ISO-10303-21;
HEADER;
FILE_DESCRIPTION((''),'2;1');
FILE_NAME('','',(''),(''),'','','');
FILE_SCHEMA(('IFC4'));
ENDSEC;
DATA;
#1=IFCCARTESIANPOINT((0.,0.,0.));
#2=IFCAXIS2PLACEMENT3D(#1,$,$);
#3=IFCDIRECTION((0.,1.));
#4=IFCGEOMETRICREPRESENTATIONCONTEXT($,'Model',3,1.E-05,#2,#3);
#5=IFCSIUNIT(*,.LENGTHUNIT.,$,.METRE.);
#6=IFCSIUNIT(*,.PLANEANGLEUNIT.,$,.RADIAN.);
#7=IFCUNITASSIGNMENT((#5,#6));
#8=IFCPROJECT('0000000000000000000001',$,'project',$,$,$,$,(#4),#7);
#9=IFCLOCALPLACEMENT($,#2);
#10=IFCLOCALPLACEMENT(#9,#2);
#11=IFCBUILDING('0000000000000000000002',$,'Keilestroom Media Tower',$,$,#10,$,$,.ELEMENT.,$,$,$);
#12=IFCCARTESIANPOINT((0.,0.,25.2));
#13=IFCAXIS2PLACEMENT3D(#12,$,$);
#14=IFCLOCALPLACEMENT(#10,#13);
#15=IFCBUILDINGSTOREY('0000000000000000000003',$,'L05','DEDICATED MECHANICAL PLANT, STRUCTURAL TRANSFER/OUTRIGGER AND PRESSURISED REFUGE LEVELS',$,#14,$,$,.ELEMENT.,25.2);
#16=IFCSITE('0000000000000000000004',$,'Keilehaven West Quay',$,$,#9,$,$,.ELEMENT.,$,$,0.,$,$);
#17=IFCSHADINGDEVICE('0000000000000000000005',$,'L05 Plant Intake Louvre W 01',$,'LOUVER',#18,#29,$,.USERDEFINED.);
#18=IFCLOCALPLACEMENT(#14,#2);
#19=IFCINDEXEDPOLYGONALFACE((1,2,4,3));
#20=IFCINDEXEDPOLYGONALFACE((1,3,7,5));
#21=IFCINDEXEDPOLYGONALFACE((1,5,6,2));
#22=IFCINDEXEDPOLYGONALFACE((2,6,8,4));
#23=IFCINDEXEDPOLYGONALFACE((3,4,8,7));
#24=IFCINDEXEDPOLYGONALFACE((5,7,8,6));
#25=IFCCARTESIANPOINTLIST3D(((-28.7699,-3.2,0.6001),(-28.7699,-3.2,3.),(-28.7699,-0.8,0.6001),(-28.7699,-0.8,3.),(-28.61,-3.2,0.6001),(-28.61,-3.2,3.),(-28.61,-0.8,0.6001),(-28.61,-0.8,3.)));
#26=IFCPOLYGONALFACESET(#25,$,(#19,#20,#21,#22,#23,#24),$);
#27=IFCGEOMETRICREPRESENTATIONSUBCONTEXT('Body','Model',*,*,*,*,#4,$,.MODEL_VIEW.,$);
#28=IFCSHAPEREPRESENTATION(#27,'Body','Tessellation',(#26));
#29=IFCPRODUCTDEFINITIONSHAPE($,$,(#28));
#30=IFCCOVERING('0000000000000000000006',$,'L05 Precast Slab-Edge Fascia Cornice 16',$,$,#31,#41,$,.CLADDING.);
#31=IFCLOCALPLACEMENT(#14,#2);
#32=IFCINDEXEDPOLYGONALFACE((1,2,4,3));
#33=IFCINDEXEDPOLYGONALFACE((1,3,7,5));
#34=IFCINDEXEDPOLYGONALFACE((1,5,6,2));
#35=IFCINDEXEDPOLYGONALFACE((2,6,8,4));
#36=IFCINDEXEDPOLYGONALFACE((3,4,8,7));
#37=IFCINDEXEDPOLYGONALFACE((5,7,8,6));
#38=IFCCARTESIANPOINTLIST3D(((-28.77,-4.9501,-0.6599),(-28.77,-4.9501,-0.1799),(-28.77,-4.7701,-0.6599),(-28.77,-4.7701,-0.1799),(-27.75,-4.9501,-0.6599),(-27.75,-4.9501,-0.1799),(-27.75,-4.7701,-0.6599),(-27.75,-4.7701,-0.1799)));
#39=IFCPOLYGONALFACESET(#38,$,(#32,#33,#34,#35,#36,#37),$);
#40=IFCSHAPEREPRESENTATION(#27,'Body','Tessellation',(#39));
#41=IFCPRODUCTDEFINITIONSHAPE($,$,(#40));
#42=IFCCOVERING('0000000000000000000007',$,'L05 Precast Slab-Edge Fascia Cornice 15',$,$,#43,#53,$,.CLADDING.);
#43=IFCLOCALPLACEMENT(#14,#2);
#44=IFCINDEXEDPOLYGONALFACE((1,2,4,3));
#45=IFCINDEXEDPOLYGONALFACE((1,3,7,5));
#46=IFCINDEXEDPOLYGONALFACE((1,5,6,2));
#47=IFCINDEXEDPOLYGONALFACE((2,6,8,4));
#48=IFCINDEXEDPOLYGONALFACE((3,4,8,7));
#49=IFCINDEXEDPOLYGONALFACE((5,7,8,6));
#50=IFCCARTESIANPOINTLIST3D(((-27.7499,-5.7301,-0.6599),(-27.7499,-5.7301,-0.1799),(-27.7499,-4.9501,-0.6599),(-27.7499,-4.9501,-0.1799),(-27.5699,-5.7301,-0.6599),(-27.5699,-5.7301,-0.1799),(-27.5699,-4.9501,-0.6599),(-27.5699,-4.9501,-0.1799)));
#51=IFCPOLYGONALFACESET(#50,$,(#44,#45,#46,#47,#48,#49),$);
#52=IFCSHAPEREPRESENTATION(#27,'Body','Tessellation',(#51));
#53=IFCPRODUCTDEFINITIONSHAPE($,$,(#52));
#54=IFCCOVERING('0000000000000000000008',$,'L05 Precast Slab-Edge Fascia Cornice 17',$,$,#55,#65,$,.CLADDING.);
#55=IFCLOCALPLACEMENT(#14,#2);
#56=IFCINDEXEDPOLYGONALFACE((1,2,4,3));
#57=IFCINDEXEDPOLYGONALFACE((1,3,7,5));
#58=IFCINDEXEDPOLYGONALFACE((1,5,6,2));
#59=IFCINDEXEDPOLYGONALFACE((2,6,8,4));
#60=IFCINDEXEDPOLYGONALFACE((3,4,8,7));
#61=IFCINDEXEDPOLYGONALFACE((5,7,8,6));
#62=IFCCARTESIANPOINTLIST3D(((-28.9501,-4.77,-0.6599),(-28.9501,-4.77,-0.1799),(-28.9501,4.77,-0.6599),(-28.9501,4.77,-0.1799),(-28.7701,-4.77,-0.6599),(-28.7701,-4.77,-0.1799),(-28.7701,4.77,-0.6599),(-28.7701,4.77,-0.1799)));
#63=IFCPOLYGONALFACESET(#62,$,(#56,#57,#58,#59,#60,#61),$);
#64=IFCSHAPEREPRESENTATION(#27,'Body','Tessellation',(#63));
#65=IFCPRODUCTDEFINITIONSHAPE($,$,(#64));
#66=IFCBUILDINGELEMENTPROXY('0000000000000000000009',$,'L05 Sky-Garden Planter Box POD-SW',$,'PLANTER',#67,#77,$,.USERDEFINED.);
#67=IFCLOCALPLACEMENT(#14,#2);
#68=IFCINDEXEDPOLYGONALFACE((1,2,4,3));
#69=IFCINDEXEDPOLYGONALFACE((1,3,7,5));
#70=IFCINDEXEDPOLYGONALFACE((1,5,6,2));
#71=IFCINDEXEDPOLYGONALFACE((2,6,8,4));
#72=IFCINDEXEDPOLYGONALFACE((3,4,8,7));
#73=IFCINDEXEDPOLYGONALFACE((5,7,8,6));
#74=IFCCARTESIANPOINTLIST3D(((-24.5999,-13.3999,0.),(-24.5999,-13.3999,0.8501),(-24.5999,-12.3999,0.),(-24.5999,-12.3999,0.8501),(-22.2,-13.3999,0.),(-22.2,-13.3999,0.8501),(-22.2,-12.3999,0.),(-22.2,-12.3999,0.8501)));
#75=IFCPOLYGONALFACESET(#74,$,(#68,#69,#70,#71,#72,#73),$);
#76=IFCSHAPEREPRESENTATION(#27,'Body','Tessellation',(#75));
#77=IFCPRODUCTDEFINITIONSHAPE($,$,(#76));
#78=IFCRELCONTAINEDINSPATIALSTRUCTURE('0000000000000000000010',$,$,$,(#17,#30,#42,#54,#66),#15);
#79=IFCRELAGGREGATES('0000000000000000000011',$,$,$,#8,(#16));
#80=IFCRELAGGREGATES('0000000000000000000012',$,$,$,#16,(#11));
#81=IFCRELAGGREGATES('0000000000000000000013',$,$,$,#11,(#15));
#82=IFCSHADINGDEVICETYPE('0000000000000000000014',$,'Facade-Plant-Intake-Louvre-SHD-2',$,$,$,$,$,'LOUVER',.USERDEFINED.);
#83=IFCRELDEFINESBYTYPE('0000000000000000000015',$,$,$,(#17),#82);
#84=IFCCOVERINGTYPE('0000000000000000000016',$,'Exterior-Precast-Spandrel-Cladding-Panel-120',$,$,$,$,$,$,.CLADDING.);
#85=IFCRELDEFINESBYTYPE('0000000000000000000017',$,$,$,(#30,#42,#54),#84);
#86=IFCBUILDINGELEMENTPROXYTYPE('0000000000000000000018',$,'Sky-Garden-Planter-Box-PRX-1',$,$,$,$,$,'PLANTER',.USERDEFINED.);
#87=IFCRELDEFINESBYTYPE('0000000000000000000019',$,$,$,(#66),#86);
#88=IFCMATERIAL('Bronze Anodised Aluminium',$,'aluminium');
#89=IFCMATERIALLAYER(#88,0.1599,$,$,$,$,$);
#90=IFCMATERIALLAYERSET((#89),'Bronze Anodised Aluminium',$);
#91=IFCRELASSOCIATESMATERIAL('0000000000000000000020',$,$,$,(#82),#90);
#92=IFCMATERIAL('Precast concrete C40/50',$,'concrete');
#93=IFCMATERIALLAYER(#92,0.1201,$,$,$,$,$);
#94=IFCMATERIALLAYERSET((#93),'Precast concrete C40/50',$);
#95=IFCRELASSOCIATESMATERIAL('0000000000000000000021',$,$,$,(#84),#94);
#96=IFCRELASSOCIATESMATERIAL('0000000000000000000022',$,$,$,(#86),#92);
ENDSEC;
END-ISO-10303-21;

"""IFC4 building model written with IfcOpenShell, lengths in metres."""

from ifc_helpers import new_model, si_unit, direction, frame, origin, origin_2d, place, context, subcontext, project, spatial, rectangle, extrude, source, transform, mapped, material, layer, layer_set, type_object, element, save


model = new_model("IFC4")

# Units and contexts
model_context = context("Model", 3, precision=1e-05, world=origin(), true_north=direction((0.0, 1.0)))
body_context = subcontext(model_context, "Body", "Model", "MODEL_VIEW")
ifc_project = project(units=[si_unit("LENGTHUNIT", "METRE"), si_unit("PLANEANGLEUNIT", "RADIAN")], contexts=[model_context])

# Site, building, storey
site_placement = place(None, origin())
site = spatial("IfcSite", under=ifc_project, at=site_placement, Name="Keilehaven West Quay", CompositionType="ELEMENT", RefElevation=0.0)
building_placement = place(site_placement, origin())
building = spatial("IfcBuilding", under=site, at=building_placement, Name="Keilestroom Media Tower", CompositionType="ELEMENT")
storey_placement = place(building_placement, frame((0.0, 0.0, 25.2)))
storey = spatial("IfcBuildingStorey", under=building, at=storey_placement, Name="L05", Description="DEDICATED MECHANICAL PLANT, STRUCTURAL TRANSFER/OUTRIGGER AND PRESSURISED REFUGE LEVELS", CompositionType="ELEMENT", Elevation=25.2)

# Shared definitions
ifc_material_1 = material(Name="Precast concrete C40/50", Category="concrete")

# Shading device
ifc_material_2 = material(Name="Bronze Anodised Aluminium", Category="aluminium")
ifc_layer_1 = layer(ifc_material_2, 0.1599)
ifc_layer_set_1 = layer_set([ifc_layer_1], Name="Bronze Anodised Aluminium")
shading_device_type = type_object("IfcShadingDeviceType", Name="Facade-Plant-Intake-Louvre-SHD-2", ElementType="LOUVER", PredefinedType="USERDEFINED", material=ifc_layer_set_1)
shared_shape_1 = source(origin(), body_context, "Body", "SweptSolid", [
    extrude(rectangle(XDim=0.1599, YDim=2.3999, at=origin_2d()), origin(), (0.0, 0.0, 1.0), 2.3999),
])
shading_device_placement = place(storey_placement, frame((-28.6899, -2.0, 0.6001), z_axis=(0.0, 0.0, 1.0), x_axis=(1.0, 0.0, 0.0)))
element("IfcShadingDevice", 1, at=shading_device_placement, inside=storey, type_object=shading_device_type, Name="L05 Plant Intake Louvre W 01", ObjectType="LOUVER", PredefinedType="USERDEFINED", context=body_context, shape_type="MappedRepresentation", body=[
    mapped(shared_shape_1, transform((0.0, 0.0, 0.0), x_axis=(1.0, 0.0, 0.0), y_axis=(0.0, 1.0, 0.0), z_axis=(0.0, 0.0, 1.0), scale=1.0)),
])

# Coverings
ifc_layer_2 = layer(ifc_material_1, 0.1201)
ifc_layer_set_2 = layer_set([ifc_layer_2], Name="Precast concrete C40/50")
covering_type = type_object("IfcCoveringType", Name="Exterior-Precast-Spandrel-Cladding-Panel-120", PredefinedType="CLADDING", material=ifc_layer_set_2)
shared_shape_2 = source(origin(), body_context, "Body", "SweptSolid", [
    extrude(rectangle(XDim=1.02, YDim=0.1799, at=origin_2d()), origin(), (0.0, 0.0, 1.0), 0.48),
])
covering_1_placement = place(storey_placement, frame((-28.26, -4.8601, -0.6599), z_axis=(0.0, 0.0, 1.0), x_axis=(-1.0, 0.0, 0.0)))
element("IfcCovering", 2, at=covering_1_placement, inside=storey, type_object=covering_type, Name="L05 Precast Slab-Edge Fascia Cornice 16", PredefinedType="CLADDING", context=body_context, shape_type="MappedRepresentation", body=[
    mapped(shared_shape_2, transform((0.0, 0.0, 0.0), x_axis=(1.0, 0.0, 0.0), y_axis=(0.0, 1.0, 0.0), z_axis=(0.0, 0.0, 1.0), scale=1.0)),
])
shared_shape_3 = source(origin(), body_context, "Body", "SweptSolid", [
    extrude(rectangle(XDim=0.78, YDim=0.1799, at=origin_2d()), origin(), (0.0, 0.0, 1.0), 0.48),
])
covering_2_placement = place(storey_placement, frame((-27.6599, -5.3401, -0.6599), z_axis=(0.0, 0.0, 1.0), x_axis=(0.0, 1.0, 0.0)))
element("IfcCovering", 3, at=covering_2_placement, inside=storey, type_object=covering_type, Name="L05 Precast Slab-Edge Fascia Cornice 15", PredefinedType="CLADDING", context=body_context, shape_type="MappedRepresentation", body=[
    mapped(shared_shape_3, transform((0.0, 0.0, 0.0), x_axis=(1.0, 0.0, 0.0), y_axis=(0.0, 1.0, 0.0), z_axis=(0.0, 0.0, 1.0), scale=1.0)),
])
shared_shape_4 = source(origin(), body_context, "Body", "SweptSolid", [
    extrude(rectangle(XDim=9.54, YDim=0.1799, at=origin_2d()), origin(), (0.0, 0.0, 1.0), 0.48),
])
covering_3_placement = place(storey_placement, frame((-28.8601, 0.0, -0.6599), z_axis=(0.0, 0.0, 1.0), x_axis=(0.0, 1.0, 0.0)))
element("IfcCovering", 4, at=covering_3_placement, inside=storey, type_object=covering_type, Name="L05 Precast Slab-Edge Fascia Cornice 17", PredefinedType="CLADDING", context=body_context, shape_type="MappedRepresentation", body=[
    mapped(shared_shape_4, transform((0.0, 0.0, 0.0), x_axis=(1.0, 0.0, 0.0), y_axis=(0.0, 1.0, 0.0), z_axis=(0.0, 0.0, 1.0), scale=1.0)),
])

# Building element proxy
building_element_proxy_type = type_object("IfcBuildingElementProxyType", Name="Sky-Garden-Planter-Box-PRX-1", ElementType="PLANTER", PredefinedType="USERDEFINED", material=ifc_material_1)
shared_shape_5 = source(origin(), body_context, "Body", "SweptSolid", [
    extrude(rectangle(XDim=2.3999, YDim=1.0, at=origin_2d()), origin(), (0.0, 0.0, 1.0), 0.8501),
])
proxy_placement = place(storey_placement, frame((-23.3999, -12.8999, 0.0), z_axis=(0.0, 0.0, 1.0), x_axis=(1.0, 0.0, 0.0)))
element("IfcBuildingElementProxy", 5, at=proxy_placement, inside=storey, type_object=building_element_proxy_type, Name="L05 Sky-Garden Planter Box POD-SW", ObjectType="PLANTER", PredefinedType="USERDEFINED", context=body_context, shape_type="MappedRepresentation", body=[
    mapped(shared_shape_5, transform((0.0, 0.0, 0.0), x_axis=(1.0, 0.0, 0.0), y_axis=(0.0, 1.0, 0.0), z_axis=(0.0, 0.0, 1.0), scale=1.0)),
])

save(model, "model.ifc")
